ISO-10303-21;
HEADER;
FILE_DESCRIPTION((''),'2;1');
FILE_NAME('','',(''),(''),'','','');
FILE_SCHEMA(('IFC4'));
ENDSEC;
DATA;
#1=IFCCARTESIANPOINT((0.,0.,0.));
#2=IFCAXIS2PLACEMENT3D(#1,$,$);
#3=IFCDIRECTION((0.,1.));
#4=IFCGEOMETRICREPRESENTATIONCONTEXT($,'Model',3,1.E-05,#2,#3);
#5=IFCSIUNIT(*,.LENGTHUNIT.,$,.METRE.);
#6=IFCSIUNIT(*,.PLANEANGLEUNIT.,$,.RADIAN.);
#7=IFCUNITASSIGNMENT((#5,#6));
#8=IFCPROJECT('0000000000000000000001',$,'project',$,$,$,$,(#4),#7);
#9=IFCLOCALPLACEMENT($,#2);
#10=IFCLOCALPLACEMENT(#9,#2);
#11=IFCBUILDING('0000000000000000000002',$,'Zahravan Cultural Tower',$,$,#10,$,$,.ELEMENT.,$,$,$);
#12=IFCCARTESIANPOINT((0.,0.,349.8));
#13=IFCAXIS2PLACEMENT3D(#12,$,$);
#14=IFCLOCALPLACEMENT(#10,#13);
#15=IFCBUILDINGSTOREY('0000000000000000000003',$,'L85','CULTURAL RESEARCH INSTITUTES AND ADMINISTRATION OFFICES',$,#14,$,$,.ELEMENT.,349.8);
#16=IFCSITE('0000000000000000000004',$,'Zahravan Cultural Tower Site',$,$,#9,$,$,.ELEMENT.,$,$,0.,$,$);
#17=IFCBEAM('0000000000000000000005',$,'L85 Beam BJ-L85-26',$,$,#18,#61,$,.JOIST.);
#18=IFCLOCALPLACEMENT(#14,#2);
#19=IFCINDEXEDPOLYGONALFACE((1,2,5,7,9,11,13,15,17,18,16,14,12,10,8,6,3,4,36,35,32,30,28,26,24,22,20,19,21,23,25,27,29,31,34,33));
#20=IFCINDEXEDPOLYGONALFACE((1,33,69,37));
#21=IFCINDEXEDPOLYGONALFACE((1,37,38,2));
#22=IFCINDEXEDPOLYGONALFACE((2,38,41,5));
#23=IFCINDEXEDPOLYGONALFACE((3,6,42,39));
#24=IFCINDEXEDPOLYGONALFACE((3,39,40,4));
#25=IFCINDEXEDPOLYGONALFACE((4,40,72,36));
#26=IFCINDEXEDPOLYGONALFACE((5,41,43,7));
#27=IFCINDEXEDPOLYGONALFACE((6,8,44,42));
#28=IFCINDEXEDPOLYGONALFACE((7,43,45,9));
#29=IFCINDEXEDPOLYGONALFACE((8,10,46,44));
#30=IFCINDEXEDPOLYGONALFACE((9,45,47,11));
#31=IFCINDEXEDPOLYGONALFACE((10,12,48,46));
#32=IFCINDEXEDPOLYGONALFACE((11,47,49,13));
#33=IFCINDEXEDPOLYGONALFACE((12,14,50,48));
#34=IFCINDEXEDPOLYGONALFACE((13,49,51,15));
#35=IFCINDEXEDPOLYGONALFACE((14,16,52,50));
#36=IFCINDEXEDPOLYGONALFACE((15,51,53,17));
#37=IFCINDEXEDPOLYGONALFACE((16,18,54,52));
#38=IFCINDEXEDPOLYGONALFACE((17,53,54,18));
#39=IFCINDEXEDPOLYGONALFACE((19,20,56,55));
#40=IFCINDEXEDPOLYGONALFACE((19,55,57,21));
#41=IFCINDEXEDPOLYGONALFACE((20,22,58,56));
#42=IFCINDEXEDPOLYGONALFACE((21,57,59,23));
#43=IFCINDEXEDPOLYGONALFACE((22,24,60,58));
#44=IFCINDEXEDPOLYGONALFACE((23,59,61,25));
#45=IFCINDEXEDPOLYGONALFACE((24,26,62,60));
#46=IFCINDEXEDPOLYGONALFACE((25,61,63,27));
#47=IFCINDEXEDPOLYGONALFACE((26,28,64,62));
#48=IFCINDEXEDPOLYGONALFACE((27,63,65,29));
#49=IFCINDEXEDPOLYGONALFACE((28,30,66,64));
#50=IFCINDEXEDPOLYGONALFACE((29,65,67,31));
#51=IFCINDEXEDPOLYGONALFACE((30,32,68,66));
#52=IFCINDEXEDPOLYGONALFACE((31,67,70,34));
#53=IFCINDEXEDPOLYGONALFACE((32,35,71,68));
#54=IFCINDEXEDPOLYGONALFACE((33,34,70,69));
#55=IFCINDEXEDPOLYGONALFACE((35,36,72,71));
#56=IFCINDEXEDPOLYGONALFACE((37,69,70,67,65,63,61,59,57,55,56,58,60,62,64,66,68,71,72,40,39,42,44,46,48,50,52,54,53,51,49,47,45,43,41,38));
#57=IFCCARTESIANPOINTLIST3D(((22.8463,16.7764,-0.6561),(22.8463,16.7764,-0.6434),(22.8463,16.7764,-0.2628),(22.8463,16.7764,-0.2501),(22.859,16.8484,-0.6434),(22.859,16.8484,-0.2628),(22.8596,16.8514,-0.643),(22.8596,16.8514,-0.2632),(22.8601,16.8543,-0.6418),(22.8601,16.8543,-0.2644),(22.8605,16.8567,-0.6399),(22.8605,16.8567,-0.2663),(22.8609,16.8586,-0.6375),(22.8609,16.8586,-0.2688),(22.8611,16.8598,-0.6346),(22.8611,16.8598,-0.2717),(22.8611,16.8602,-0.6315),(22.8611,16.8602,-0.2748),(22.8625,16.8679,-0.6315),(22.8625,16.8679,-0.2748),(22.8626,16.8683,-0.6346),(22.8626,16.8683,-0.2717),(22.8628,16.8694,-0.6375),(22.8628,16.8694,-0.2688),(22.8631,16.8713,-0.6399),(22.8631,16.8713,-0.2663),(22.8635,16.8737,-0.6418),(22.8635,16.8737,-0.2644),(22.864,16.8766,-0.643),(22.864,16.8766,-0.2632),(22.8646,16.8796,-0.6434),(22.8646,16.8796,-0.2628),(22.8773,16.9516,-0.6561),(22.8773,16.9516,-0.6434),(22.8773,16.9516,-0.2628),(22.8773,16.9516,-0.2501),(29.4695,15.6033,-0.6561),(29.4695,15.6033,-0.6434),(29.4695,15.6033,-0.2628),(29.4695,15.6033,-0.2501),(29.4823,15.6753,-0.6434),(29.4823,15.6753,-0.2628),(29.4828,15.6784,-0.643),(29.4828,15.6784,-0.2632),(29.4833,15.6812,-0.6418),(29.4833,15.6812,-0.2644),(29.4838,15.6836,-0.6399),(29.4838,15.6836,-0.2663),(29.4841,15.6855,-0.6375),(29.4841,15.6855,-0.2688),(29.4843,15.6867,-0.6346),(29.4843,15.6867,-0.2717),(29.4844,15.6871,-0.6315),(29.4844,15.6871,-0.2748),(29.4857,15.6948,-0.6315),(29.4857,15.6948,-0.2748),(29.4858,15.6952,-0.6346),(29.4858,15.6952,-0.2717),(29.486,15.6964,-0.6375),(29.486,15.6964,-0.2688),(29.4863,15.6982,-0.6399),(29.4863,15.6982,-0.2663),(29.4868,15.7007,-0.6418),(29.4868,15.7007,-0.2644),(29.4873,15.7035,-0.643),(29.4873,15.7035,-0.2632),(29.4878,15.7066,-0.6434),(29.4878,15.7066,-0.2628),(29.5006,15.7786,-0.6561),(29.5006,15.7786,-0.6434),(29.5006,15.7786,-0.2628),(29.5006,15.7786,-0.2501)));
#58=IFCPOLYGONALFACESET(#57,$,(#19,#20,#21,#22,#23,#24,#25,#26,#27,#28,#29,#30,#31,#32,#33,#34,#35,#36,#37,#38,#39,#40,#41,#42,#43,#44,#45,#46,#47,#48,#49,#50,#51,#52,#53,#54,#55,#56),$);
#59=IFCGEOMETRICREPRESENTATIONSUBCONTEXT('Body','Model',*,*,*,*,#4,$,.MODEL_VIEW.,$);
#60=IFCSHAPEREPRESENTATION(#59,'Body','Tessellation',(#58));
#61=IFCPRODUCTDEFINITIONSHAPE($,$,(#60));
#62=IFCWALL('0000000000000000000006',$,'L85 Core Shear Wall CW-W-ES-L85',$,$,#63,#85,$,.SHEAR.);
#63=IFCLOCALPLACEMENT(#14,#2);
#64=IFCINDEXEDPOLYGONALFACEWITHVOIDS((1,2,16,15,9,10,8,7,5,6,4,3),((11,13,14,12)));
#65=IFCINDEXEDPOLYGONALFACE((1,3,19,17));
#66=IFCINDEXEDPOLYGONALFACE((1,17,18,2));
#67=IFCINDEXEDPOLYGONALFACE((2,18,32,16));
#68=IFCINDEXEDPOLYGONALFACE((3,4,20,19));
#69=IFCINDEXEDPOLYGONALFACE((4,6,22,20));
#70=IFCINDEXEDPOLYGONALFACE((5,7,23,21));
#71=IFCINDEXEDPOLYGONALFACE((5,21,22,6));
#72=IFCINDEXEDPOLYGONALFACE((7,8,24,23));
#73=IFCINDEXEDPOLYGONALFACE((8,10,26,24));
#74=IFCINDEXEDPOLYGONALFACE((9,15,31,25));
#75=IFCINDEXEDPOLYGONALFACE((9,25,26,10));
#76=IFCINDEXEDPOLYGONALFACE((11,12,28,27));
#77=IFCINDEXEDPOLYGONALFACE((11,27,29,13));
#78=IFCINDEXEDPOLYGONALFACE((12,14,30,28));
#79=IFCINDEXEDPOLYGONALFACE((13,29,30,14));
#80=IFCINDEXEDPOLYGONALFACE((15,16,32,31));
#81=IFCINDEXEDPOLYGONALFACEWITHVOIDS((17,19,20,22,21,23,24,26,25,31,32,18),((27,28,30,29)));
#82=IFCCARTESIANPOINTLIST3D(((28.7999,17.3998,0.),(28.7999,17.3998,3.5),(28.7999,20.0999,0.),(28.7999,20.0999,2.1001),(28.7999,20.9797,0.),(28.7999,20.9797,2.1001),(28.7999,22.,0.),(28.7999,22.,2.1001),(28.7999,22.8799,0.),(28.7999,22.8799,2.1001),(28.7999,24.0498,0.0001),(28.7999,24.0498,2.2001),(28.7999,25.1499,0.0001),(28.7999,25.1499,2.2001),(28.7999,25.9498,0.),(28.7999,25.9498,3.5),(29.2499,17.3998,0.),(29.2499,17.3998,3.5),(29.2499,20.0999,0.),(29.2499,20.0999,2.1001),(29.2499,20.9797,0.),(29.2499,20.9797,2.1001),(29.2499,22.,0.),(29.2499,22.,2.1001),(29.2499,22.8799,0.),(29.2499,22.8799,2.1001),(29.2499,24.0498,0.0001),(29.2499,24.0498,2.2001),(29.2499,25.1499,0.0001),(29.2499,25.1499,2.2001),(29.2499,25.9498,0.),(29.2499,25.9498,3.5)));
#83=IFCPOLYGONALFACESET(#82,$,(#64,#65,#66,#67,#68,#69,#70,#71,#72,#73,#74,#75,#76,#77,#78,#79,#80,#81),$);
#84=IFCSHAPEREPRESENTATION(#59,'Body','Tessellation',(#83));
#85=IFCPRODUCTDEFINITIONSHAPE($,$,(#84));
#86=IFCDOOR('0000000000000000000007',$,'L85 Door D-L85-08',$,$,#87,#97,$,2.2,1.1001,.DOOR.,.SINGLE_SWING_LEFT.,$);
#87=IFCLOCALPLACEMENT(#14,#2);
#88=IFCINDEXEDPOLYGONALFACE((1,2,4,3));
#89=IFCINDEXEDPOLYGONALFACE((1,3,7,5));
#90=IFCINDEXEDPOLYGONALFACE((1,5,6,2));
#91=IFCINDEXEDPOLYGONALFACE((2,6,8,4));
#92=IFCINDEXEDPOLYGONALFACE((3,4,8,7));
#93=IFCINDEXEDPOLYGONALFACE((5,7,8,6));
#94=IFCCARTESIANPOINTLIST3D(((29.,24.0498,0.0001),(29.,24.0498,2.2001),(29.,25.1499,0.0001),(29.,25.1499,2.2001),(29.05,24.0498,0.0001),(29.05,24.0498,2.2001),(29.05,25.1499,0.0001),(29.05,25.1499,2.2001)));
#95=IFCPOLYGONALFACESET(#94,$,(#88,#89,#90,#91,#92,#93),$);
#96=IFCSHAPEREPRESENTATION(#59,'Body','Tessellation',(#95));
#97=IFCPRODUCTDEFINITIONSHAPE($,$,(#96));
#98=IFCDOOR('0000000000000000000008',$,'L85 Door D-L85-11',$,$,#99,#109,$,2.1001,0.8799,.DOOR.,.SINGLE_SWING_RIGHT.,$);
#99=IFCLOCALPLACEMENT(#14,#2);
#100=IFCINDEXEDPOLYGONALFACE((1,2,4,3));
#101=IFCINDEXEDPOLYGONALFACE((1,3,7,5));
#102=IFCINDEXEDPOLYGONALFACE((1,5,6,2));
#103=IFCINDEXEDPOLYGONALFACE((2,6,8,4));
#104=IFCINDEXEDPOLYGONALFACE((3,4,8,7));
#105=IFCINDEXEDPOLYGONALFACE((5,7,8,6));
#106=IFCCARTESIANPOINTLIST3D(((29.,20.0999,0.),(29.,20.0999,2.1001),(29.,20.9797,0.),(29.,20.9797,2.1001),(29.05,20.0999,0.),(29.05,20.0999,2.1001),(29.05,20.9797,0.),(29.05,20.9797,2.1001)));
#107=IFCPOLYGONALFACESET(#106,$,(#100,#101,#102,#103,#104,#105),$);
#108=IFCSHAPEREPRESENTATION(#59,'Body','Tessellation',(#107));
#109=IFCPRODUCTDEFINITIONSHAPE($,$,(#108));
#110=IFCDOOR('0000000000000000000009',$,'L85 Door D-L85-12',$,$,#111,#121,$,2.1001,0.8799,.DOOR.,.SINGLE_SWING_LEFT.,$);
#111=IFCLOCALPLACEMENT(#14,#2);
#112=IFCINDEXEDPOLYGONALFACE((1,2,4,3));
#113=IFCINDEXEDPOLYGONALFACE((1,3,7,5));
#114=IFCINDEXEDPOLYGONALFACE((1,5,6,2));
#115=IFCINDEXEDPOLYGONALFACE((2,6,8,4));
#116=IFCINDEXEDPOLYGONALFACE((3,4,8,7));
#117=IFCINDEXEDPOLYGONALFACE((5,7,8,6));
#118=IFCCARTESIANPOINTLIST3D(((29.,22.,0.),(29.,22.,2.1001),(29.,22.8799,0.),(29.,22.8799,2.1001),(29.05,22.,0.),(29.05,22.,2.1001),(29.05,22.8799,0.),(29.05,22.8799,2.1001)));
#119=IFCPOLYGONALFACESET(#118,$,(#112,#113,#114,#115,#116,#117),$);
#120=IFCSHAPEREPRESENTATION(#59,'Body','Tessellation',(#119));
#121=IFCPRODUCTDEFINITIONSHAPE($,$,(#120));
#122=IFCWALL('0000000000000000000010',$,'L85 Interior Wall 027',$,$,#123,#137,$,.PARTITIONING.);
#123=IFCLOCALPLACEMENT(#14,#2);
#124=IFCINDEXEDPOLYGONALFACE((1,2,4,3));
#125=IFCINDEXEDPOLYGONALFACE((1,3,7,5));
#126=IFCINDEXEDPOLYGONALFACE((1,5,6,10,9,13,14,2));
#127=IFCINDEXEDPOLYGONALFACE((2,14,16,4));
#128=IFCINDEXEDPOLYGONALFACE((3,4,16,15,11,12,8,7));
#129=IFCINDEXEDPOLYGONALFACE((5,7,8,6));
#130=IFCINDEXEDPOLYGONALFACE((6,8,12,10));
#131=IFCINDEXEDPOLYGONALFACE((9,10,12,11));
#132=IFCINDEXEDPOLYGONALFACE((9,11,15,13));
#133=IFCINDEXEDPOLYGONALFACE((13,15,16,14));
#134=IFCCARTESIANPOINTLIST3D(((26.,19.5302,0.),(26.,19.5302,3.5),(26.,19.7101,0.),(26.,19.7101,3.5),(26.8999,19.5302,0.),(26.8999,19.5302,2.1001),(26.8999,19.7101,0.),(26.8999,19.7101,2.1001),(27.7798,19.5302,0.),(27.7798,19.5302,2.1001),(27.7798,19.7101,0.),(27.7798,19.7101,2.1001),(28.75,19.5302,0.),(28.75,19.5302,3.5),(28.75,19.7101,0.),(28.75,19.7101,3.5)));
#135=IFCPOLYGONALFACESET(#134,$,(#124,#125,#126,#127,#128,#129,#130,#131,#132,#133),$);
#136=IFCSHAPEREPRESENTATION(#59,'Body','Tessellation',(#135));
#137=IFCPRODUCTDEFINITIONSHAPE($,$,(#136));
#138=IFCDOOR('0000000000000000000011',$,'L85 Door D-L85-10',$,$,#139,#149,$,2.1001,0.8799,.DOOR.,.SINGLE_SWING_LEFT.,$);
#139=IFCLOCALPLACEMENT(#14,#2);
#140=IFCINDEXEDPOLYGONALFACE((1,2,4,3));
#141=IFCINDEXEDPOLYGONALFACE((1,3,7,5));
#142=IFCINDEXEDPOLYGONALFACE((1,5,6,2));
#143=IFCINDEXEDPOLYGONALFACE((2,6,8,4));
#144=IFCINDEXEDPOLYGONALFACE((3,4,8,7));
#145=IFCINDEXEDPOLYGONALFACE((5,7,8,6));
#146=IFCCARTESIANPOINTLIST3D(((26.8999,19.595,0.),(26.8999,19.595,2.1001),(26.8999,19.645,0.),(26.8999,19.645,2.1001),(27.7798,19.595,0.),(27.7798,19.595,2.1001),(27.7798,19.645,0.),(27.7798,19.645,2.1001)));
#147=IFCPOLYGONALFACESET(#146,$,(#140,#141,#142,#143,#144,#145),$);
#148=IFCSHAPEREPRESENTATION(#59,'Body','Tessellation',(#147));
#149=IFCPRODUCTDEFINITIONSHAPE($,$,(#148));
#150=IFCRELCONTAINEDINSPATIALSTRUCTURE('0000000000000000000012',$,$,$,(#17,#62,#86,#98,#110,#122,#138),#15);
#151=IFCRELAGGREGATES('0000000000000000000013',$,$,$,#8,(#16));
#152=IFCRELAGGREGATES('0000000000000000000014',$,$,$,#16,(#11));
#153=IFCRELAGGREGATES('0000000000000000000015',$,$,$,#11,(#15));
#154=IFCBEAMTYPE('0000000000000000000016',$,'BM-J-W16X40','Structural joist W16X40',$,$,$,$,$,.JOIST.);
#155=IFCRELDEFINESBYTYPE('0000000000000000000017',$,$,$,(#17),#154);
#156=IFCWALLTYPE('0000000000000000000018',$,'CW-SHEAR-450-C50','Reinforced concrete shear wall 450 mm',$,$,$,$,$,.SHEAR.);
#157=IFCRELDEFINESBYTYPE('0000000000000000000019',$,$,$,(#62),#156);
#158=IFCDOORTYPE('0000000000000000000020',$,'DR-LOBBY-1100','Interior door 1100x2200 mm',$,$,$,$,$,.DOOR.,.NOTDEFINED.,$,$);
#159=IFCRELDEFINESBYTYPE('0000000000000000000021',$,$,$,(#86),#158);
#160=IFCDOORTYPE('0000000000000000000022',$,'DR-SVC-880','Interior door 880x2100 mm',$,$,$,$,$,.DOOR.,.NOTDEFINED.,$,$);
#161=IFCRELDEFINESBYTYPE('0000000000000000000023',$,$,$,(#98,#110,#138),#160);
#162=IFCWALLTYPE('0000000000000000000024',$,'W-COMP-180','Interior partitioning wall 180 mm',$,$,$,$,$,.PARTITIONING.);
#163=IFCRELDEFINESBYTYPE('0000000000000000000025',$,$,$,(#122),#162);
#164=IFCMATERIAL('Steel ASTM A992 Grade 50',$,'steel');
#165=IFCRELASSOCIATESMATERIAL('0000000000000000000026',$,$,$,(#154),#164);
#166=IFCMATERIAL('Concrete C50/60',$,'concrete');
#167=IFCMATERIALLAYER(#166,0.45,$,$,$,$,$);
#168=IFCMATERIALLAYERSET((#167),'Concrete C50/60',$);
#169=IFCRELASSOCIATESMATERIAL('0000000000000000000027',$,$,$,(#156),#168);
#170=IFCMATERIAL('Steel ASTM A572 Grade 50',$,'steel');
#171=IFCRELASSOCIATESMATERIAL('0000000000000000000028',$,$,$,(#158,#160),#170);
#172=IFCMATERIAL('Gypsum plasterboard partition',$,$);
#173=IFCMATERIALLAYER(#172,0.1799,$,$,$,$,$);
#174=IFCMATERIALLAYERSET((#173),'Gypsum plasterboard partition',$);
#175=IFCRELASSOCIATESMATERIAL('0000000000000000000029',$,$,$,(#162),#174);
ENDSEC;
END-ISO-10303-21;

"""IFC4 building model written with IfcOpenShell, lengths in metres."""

from ifc_helpers import new_model, si_unit, direction, frame, frame_2d, origin, origin_2d, place, context, subcontext, project, spatial, rectangle, i_section, extrude, source, transform, mapped, material, layer, layer_set, material_profile, profile_set, type_object, element, fill, save


model = new_model("IFC4")

# Units and contexts
model_context = context("Model", 3, precision=1e-05, world=origin(), true_north=direction((0.0, 1.0)))
body_context = subcontext(model_context, "Body", "Model", "MODEL_VIEW")
ifc_project = project(units=[si_unit("LENGTHUNIT", "METRE"), si_unit("PLANEANGLEUNIT", "RADIAN")], contexts=[model_context])

# Site, building, storey
site_placement = place(None, origin())
site = spatial("IfcSite", under=ifc_project, at=site_placement, Name="Zahravan Cultural Tower Site", CompositionType="ELEMENT", RefElevation=0.0)
building_placement = place(site_placement, origin())
building = spatial("IfcBuilding", under=site, at=building_placement, Name="Zahravan Cultural Tower", CompositionType="ELEMENT")
storey_placement = place(building_placement, frame((0.0, 0.0, 349.8)))
storey = spatial("IfcBuildingStorey", under=building, at=storey_placement, Name="L85", Description="CULTURAL RESEARCH INSTITUTES AND ADMINISTRATION OFFICES", CompositionType="ELEMENT", Elevation=349.8)

# Shared definitions
ifc_material_1 = material(Name="Concrete C50/60", Category="concrete")

# Beam
ifc_material_2 = material(Name="Steel ASTM A992 Grade 50", Category="steel")
ifc_material_profile_1 = material_profile(ifc_material_2, i_section(OverallWidth=0.178, OverallDepth=0.406, WebThickness=0.0078, FlangeThickness=0.0127, FilletRadius=0.012, at=origin_2d()), Name="W16X40")
ifc_profile_set_1 = profile_set([ifc_material_profile_1], Name="Steel ASTM A992 Grade 50")
beam_type_1 = type_object("IfcBeamType", Name="BM-J-W16X40", Description="Structural joist W16X40", PredefinedType="JOIST", material=ifc_profile_set_1)
shared_shape_1 = source(origin(), body_context, "Body", "SweptSolid", [
    extrude(i_section(OverallWidth=0.178, OverallDepth=0.406, WebThickness=0.0078, FlangeThickness=0.0127, FilletRadius=0.012, at=origin_2d()), origin(), (0.0, 0.0, 1.0), 6.7263),
])
beam_1_placement = place(storey_placement, frame((22.8618, 16.864, -0.4531), z_axis=(0.984674, -0.174402, 0.0), x_axis=(0.174402, 0.984674, 0.0)))
element("IfcBeam", 1, at=beam_1_placement, inside=storey, type_object=beam_type_1, Name="L85 Beam BJ-L85-26", PredefinedType="JOIST", context=body_context, shape_type="MappedRepresentation", body=[
    mapped(shared_shape_1, transform((0.0, 0.0, 0.0), x_axis=(1.0, 0.0, 0.0), y_axis=(0.0, 1.0, 0.0), z_axis=(0.0, 0.0, 1.0), scale=1.0)),
])

# Wall, openings, doors
ifc_layer_1 = layer(ifc_material_1, 0.45)
ifc_layer_set_1 = layer_set([ifc_layer_1], Name="Concrete C50/60")
wall_type_1 = type_object("IfcWallType", Name="CW-SHEAR-450-C50", Description="Reinforced concrete shear wall 450 mm", PredefinedType="SHEAR", material=ifc_layer_set_1)
wall_1_placement = place(storey_placement, frame((29.0249, 17.3999, 0.0), z_axis=(0.0, 0.0, 1.0), x_axis=(0.0, 1.0, 0.0)))
wall_1 = element("IfcWall", 2, at=wall_1_placement, inside=storey, type_object=wall_type_1, Name="L85 Core Shear Wall CW-W-ES-L85", PredefinedType="SHEAR", context=body_context, shape_type="SweptSolid", body=[
    extrude(rectangle(XDim=8.55, YDim=0.45, at=frame_2d((4.2749, 0.0))), origin(), (0.0, 0.0, 1.0), 3.5),
])
opening_1_placement = place(wall_1_placement, frame((6.6499, 0.0, 0.0)))
opening_1 = element("IfcOpeningElement", 3, at=opening_1_placement, cuts=wall_1, PredefinedType="OPENING", context=body_context, shape_type="SweptSolid", body=[
    extrude(rectangle(XDim=1.1001, YDim=2.2, at=frame_2d((0.55, 1.1001))), frame((0.0, 0.2349, 0.0), z_axis=(0.0, -1.0, 0.0), x_axis=(1.0, 0.0, 0.0)), (0.0, 0.0, 1.0), 0.47),
])
opening_2_placement = place(wall_1_placement, frame((2.7, 0.0, 0.0)))
opening_2 = element("IfcOpeningElement", 4, at=opening_2_placement, cuts=wall_1, PredefinedType="OPENING", context=body_context, shape_type="SweptSolid", body=[
    extrude(rectangle(XDim=0.8799, YDim=2.1001, at=frame_2d((0.4399, 1.05))), frame((0.0, 0.2349, 0.0), z_axis=(0.0, -1.0, 0.0), x_axis=(1.0, 0.0, 0.0)), (0.0, 0.0, 1.0), 0.47),
])
opening_3_placement = place(wall_1_placement, frame((4.6001, 0.0, 0.0)))
opening_3 = element("IfcOpeningElement", 5, at=opening_3_placement, cuts=wall_1, PredefinedType="OPENING", context=body_context, shape_type="SweptSolid", body=[
    extrude(rectangle(XDim=0.8799, YDim=2.1001, at=frame_2d((0.4399, 1.05))), frame((0.0, 0.2349, 0.0), z_axis=(0.0, -1.0, 0.0), x_axis=(1.0, 0.0, 0.0)), (0.0, 0.0, 1.0), 0.47),
])
ifc_material_3 = material(Name="Steel ASTM A572 Grade 50", Category="steel")
door_type_1 = type_object("IfcDoorType", Name="DR-LOBBY-1100", Description="Interior door 1100x2200 mm", OperationType="NOTDEFINED", PredefinedType="DOOR", material=ifc_material_3)
shared_shape_2 = source(origin(), body_context, "Body", "SweptSolid", [
    extrude(rectangle(XDim=1.1001, YDim=2.2, at=frame_2d((0.55, 1.1001))), frame((0.0, 0.0249, 0.0), z_axis=(0.0, -1.0, 0.0), x_axis=(1.0, 0.0, 0.0)), (0.0, 0.0, 1.0), 0.05),
])
door_1_placement = place(opening_1_placement, origin())
door_1 = element("IfcDoor", 6, at=door_1_placement, inside=storey, type_object=door_type_1, Name="L85 Door D-L85-08", OperationType="SINGLE_SWING_LEFT", OverallHeight=2.2, OverallWidth=1.1001, PredefinedType="DOOR", context=body_context, shape_type="MappedRepresentation", body=[
    mapped(shared_shape_2, transform((0.0, 0.0, 0.0), x_axis=(1.0, 0.0, 0.0), y_axis=(0.0, 1.0, 0.0), z_axis=(0.0, 0.0, 1.0), scale=1.0)),
])
fill(opening_1, door_1)
door_type_2 = type_object("IfcDoorType", Name="DR-SVC-880", Description="Interior door 880x2100 mm", OperationType="NOTDEFINED", PredefinedType="DOOR", material=ifc_material_3)
shared_shape_3 = source(origin(), body_context, "Body", "SweptSolid", [
    extrude(rectangle(XDim=0.8799, YDim=2.1001, at=frame_2d((0.4399, 1.05))), frame((0.0, 0.0249, 0.0), z_axis=(0.0, -1.0, 0.0), x_axis=(1.0, 0.0, 0.0)), (0.0, 0.0, 1.0), 0.05),
])
door_2_placement = place(opening_2_placement, origin())
door_2 = element("IfcDoor", 7, at=door_2_placement, inside=storey, type_object=door_type_2, Name="L85 Door D-L85-11", OperationType="SINGLE_SWING_RIGHT", OverallHeight=2.1001, OverallWidth=0.8799, PredefinedType="DOOR", context=body_context, shape_type="MappedRepresentation", body=[
    mapped(shared_shape_3, transform((0.0, 0.0, 0.0), x_axis=(1.0, 0.0, 0.0), y_axis=(0.0, 1.0, 0.0), z_axis=(0.0, 0.0, 1.0), scale=1.0)),
])
fill(opening_2, door_2)
door_3_placement = place(opening_3_placement, origin())
door_3 = element("IfcDoor", 8, at=door_3_placement, inside=storey, type_object=door_type_2, Name="L85 Door D-L85-12", OperationType="SINGLE_SWING_LEFT", OverallHeight=2.1001, OverallWidth=0.8799, PredefinedType="DOOR", context=body_context, shape_type="MappedRepresentation", body=[
    mapped(shared_shape_3, transform((0.0, 0.0, 0.0), x_axis=(1.0, 0.0, 0.0), y_axis=(0.0, 1.0, 0.0), z_axis=(0.0, 0.0, 1.0), scale=1.0)),
])
fill(opening_3, door_3)

# Wall, opening, door
ifc_material_4 = material(Name="Gypsum plasterboard partition")
ifc_layer_2 = layer(ifc_material_4, 0.1799)
ifc_layer_set_2 = layer_set([ifc_layer_2], Name="Gypsum plasterboard partition")
wall_type_2 = type_object("IfcWallType", Name="W-COMP-180", Description="Interior partitioning wall 180 mm", PredefinedType="PARTITIONING", material=ifc_layer_set_2)
wall_2_placement = place(storey_placement, frame((26.0, 19.6201, 0.0), z_axis=(0.0, 0.0, 1.0), x_axis=(1.0, 0.0, 0.0)))
wall_2 = element("IfcWall", 9, at=wall_2_placement, inside=storey, type_object=wall_type_2, Name="L85 Interior Wall 027", PredefinedType="PARTITIONING", context=body_context, shape_type="SweptSolid", body=[
    extrude(rectangle(XDim=2.75, YDim=0.1799, at=frame_2d((1.375, 0.0))), origin(), (0.0, 0.0, 1.0), 3.5),
])
opening_4_placement = place(wall_2_placement, frame((0.8999, 0.0, 0.0)))
opening_4 = element("IfcOpeningElement", 10, at=opening_4_placement, cuts=wall_2, PredefinedType="OPENING", context=body_context, shape_type="SweptSolid", body=[
    extrude(rectangle(XDim=0.8799, YDim=2.1001, at=frame_2d((0.4399, 1.05))), frame((0.0, 0.0999, 0.0), z_axis=(0.0, -1.0, 0.0), x_axis=(1.0, 0.0, 0.0)), (0.0, 0.0, 1.0), 0.2),
])
door_4_placement = place(opening_4_placement, origin())
door_4 = element("IfcDoor", 11, at=door_4_placement, inside=storey, type_object=door_type_2, Name="L85 Door D-L85-10", OperationType="SINGLE_SWING_LEFT", OverallHeight=2.1001, OverallWidth=0.8799, PredefinedType="DOOR", context=body_context, shape_type="MappedRepresentation", body=[
    mapped(shared_shape_3, transform((0.0, 0.0, 0.0), x_axis=(1.0, 0.0, 0.0), y_axis=(0.0, 1.0, 0.0), z_axis=(0.0, 0.0, 1.0), scale=1.0)),
])
fill(opening_4, door_4)

save(model, "model.ifc")
